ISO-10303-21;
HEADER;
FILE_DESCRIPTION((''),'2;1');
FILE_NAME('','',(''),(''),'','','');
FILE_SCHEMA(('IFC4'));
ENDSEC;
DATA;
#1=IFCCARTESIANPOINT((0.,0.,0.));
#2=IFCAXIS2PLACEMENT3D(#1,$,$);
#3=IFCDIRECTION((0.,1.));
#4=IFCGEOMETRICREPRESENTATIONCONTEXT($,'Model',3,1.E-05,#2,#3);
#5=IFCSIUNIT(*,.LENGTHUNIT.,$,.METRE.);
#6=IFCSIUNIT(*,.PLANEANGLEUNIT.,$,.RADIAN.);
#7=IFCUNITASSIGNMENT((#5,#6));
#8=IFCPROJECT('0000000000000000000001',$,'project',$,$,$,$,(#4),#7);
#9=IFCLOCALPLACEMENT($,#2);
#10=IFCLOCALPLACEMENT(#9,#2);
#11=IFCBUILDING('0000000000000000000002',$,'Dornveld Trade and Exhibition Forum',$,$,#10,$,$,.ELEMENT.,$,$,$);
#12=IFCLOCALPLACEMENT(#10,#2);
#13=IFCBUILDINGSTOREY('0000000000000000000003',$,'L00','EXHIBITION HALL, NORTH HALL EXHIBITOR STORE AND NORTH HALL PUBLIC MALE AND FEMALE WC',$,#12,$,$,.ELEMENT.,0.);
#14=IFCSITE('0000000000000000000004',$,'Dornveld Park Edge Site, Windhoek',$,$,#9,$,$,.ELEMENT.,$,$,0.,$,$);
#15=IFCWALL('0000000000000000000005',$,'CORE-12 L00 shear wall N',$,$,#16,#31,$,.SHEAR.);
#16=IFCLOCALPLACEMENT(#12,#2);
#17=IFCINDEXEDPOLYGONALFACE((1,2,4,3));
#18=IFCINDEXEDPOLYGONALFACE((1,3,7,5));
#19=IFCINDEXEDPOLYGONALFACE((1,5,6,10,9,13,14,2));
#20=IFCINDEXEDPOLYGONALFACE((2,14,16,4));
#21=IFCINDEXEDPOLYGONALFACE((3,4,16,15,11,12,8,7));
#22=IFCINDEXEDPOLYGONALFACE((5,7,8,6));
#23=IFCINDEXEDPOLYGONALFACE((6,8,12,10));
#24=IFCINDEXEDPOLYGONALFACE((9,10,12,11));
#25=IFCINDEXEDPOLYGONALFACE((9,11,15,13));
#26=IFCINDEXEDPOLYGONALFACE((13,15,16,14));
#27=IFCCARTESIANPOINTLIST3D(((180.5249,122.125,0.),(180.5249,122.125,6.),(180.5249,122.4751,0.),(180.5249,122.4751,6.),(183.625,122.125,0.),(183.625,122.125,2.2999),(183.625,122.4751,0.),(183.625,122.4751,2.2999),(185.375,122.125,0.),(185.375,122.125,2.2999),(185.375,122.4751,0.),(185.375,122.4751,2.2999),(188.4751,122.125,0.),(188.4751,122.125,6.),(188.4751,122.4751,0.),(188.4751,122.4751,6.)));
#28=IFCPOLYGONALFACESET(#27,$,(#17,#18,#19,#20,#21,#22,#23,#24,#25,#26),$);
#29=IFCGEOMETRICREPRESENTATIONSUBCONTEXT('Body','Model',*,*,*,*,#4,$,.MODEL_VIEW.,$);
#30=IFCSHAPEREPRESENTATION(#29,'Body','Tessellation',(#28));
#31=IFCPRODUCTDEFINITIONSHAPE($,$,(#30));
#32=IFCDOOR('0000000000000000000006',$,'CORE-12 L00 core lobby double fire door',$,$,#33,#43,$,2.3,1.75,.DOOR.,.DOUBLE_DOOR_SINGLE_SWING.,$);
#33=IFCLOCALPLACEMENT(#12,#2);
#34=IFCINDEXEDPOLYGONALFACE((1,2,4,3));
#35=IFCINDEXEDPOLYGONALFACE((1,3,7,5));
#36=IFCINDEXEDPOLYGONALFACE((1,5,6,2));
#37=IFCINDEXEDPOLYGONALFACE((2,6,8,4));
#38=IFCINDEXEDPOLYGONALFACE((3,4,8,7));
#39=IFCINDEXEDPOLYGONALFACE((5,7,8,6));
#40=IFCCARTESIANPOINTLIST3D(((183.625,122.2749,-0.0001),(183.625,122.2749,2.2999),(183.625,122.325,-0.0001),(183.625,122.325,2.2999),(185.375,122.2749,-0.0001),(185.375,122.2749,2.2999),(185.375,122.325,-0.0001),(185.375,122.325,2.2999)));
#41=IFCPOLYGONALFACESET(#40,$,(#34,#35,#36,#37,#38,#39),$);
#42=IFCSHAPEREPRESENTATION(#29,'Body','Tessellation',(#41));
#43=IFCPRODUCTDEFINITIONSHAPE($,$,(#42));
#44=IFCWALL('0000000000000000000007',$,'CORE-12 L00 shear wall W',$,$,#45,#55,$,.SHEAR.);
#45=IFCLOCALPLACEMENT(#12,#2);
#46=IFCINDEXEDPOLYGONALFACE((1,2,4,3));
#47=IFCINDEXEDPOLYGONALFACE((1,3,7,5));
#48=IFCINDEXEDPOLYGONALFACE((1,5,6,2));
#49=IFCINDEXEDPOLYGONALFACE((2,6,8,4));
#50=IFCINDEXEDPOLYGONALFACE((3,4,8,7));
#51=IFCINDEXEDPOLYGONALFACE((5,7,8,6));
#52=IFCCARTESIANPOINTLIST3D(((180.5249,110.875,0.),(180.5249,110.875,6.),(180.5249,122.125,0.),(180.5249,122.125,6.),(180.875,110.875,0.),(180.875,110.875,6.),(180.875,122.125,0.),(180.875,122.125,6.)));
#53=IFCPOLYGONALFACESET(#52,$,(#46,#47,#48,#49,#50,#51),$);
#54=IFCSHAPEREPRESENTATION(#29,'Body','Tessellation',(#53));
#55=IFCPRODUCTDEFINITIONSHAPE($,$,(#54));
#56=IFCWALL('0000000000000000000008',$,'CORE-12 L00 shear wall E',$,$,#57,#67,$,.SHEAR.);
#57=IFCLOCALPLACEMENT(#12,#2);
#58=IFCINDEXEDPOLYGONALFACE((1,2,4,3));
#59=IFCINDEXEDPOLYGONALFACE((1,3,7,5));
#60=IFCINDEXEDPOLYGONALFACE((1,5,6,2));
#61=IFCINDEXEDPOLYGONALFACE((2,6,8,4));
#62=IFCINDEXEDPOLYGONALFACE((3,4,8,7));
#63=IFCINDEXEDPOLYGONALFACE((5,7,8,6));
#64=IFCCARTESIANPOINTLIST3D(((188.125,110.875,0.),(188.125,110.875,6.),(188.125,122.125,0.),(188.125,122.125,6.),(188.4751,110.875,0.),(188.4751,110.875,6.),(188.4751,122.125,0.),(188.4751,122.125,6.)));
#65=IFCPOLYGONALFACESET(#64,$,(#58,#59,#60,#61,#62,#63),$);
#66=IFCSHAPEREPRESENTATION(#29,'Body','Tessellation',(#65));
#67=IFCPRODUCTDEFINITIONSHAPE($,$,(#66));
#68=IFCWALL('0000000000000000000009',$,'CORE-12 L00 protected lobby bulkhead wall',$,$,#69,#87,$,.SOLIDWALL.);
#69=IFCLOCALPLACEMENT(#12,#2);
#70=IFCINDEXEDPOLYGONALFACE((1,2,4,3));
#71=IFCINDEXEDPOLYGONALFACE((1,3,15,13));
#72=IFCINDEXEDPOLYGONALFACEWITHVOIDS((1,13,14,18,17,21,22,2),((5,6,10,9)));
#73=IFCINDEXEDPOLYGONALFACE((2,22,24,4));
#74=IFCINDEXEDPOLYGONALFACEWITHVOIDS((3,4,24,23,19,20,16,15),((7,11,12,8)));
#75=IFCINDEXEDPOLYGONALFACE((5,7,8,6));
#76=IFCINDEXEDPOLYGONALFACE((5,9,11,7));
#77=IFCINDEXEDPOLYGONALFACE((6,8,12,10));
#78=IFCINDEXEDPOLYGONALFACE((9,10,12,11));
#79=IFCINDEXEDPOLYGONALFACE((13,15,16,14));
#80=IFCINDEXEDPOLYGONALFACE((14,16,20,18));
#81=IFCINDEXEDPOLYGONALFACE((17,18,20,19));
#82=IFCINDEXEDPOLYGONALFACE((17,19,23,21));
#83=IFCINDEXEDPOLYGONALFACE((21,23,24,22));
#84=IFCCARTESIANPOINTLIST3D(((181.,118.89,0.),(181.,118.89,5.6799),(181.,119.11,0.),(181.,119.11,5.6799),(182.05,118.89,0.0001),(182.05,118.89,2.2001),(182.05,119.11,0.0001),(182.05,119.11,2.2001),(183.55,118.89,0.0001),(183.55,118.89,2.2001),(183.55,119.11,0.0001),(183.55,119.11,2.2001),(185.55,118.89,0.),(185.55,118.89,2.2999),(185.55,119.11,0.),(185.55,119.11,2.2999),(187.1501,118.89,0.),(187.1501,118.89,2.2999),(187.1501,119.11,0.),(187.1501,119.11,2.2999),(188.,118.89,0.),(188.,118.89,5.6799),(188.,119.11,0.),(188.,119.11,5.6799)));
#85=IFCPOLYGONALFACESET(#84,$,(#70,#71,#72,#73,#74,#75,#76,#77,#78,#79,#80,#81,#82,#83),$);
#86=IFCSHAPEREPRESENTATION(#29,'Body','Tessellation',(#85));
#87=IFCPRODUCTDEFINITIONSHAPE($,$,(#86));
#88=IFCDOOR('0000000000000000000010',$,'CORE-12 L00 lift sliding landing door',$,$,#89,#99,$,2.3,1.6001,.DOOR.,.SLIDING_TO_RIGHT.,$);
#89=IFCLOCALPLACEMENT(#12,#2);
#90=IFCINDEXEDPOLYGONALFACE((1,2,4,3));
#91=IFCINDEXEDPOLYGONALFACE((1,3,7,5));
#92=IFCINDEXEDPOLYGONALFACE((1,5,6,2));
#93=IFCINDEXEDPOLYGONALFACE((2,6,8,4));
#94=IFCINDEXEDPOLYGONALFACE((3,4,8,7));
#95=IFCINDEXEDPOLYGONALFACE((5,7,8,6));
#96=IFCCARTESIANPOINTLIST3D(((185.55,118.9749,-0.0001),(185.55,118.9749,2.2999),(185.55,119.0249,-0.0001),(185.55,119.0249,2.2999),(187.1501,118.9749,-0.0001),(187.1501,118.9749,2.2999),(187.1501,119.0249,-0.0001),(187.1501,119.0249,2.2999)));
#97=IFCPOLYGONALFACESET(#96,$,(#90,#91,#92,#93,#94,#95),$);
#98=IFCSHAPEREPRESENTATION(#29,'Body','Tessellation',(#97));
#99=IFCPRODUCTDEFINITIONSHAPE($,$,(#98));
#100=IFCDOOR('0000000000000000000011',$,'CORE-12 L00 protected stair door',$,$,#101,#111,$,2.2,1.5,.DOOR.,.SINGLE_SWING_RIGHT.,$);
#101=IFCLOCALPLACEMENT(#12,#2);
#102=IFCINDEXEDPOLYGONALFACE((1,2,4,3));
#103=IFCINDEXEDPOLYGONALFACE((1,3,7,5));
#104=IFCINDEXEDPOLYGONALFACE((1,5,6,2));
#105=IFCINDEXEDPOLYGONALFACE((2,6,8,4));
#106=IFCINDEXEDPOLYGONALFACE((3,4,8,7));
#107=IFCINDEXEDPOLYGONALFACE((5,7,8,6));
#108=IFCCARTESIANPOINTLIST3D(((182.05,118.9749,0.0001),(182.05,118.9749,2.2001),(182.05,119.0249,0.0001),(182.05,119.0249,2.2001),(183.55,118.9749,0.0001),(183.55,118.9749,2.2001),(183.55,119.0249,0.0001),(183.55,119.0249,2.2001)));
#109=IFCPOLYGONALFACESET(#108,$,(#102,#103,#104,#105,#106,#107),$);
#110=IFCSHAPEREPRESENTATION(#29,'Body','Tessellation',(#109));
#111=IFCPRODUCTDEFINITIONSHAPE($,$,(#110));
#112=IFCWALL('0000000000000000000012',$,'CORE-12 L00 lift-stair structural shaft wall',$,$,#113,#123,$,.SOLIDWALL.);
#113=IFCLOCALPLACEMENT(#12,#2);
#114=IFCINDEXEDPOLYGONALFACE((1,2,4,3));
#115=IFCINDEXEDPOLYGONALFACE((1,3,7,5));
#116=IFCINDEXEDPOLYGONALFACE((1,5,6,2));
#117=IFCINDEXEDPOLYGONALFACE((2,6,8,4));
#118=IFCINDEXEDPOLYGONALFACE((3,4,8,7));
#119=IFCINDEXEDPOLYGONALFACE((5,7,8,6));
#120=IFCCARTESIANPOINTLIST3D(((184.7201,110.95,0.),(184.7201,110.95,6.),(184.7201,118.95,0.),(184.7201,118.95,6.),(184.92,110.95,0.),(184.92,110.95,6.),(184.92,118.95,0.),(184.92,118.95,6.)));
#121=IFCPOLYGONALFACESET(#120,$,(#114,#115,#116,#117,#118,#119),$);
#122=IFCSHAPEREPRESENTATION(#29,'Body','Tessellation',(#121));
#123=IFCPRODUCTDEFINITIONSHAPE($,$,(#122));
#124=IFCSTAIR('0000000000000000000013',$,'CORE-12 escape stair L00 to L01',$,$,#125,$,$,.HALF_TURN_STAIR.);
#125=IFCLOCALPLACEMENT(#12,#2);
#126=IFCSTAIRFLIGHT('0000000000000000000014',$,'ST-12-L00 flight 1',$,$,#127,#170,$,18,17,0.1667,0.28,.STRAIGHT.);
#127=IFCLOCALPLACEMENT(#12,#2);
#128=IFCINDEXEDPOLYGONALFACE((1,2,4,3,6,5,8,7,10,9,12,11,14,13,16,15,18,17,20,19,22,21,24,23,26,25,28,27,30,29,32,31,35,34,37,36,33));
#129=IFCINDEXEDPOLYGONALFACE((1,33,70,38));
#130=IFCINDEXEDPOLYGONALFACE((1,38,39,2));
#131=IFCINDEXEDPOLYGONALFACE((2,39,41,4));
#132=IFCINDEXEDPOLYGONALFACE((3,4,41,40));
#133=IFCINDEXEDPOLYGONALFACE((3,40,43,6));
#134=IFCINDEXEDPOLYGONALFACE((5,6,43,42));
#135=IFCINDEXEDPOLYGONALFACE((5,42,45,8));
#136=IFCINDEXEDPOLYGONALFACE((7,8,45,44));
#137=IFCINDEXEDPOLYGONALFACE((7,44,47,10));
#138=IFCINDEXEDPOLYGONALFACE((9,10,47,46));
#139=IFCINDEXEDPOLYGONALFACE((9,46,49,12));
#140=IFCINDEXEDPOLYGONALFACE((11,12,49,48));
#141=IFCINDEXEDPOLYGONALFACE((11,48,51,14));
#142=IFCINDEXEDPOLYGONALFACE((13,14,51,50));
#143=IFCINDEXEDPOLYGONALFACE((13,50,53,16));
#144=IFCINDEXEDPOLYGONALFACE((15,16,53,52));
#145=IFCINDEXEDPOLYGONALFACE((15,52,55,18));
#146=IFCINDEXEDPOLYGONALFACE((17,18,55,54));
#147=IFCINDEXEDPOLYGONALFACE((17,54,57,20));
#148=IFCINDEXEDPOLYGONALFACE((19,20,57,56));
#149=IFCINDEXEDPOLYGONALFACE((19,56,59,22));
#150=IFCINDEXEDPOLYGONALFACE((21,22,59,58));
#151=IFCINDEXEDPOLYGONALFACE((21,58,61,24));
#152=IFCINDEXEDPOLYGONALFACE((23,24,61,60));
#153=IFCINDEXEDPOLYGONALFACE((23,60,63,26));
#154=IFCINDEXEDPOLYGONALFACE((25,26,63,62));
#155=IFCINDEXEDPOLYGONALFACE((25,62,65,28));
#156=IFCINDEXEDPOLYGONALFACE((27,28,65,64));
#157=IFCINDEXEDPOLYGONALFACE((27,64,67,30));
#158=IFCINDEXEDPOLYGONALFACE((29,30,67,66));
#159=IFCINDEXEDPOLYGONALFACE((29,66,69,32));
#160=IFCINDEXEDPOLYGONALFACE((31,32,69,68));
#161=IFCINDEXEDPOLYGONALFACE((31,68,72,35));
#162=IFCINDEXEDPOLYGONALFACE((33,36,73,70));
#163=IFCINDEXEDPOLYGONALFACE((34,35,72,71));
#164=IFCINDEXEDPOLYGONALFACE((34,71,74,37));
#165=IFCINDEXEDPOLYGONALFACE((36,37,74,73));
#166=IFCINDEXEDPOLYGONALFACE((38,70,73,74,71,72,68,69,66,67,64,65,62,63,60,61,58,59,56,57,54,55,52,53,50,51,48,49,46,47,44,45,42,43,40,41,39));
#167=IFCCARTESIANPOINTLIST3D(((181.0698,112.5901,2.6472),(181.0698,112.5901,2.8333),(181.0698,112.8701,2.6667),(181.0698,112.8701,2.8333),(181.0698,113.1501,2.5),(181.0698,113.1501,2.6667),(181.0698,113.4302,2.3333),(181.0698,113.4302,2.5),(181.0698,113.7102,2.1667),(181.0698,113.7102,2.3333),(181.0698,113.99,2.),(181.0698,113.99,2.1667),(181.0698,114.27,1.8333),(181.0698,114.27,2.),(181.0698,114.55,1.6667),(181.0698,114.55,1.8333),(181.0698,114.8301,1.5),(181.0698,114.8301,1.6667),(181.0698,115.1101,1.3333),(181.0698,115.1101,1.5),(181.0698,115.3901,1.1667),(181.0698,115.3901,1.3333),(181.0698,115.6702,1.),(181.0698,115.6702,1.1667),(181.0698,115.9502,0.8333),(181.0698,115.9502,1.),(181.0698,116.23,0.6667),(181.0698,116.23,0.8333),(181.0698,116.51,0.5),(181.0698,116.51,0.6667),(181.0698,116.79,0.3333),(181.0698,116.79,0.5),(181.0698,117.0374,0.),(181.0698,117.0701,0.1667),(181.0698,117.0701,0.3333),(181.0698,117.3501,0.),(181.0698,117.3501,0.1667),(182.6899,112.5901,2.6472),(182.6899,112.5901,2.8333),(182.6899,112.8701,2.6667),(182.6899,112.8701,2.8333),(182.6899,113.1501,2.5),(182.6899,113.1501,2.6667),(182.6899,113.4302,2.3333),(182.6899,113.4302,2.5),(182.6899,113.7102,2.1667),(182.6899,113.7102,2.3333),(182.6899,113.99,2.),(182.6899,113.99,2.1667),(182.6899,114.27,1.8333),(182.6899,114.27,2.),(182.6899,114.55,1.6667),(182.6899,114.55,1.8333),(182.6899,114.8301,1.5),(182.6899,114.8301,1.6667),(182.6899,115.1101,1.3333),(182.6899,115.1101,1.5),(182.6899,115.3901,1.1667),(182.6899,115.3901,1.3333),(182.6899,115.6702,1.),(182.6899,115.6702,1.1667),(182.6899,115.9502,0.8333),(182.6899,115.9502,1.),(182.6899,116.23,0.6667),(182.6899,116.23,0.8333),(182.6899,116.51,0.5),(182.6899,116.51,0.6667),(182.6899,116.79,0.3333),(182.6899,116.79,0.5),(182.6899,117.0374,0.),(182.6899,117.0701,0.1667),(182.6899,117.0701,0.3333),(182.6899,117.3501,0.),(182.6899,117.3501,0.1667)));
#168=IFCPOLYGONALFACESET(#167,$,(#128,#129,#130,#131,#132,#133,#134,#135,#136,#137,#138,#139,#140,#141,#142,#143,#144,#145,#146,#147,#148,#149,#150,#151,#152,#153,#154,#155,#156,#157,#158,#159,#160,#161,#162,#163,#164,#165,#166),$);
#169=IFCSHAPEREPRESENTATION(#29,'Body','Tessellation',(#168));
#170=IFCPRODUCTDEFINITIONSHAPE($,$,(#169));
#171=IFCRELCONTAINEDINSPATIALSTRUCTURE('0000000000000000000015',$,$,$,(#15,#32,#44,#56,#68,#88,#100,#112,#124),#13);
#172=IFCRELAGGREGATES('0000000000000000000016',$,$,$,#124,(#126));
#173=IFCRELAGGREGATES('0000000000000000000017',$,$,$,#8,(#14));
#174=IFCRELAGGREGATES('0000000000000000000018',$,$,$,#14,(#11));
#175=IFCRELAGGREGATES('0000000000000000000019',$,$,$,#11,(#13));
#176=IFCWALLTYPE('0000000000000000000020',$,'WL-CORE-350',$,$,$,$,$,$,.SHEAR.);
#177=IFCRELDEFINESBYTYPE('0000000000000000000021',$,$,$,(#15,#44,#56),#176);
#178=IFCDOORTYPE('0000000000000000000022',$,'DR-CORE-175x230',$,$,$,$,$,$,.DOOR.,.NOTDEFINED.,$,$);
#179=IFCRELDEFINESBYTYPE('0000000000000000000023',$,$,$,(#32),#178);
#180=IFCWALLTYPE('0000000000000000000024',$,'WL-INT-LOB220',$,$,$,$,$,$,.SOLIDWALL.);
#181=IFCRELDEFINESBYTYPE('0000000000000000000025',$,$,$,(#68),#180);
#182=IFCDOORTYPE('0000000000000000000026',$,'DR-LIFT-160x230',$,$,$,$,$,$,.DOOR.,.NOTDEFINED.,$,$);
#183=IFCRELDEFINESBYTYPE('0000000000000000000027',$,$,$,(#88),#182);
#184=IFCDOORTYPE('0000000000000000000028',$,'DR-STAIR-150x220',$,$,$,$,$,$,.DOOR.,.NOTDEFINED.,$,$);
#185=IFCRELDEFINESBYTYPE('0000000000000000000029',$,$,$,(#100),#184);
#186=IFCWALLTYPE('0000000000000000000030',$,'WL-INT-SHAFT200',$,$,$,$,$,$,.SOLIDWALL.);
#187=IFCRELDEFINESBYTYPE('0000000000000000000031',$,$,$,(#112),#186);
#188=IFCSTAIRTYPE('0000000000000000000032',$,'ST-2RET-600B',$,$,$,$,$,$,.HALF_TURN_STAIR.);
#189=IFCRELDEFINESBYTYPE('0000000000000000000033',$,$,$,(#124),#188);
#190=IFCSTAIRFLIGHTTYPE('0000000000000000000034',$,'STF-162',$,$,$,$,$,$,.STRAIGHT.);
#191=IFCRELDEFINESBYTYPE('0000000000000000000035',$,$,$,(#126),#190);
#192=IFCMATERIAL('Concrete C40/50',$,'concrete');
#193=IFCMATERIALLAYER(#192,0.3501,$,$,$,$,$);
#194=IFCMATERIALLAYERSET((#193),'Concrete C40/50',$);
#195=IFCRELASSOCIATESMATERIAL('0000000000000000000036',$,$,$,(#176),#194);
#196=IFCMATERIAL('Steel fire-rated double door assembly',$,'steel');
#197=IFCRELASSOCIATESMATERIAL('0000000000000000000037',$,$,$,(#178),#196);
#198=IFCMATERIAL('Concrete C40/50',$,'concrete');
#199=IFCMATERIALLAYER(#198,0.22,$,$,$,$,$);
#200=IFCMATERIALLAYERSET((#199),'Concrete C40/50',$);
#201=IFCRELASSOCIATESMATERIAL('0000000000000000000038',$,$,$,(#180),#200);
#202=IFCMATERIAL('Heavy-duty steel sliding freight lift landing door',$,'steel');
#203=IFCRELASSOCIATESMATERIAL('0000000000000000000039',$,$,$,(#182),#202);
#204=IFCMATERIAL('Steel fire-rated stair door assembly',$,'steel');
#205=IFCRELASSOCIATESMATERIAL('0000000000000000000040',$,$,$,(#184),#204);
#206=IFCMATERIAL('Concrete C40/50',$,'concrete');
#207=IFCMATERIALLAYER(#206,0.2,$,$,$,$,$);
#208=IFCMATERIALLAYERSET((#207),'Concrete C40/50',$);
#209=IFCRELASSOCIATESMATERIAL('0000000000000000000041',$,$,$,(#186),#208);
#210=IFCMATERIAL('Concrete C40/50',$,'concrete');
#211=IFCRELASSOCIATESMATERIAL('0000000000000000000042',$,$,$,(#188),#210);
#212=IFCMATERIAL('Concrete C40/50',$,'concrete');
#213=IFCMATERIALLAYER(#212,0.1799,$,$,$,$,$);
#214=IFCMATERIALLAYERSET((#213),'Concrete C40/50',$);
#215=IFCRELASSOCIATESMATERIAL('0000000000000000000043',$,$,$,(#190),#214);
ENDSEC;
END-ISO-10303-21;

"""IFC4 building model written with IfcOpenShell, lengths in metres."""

from ifc_helpers import new_model, si_unit, direction, frame, frame_2d, origin, place, context, subcontext, project, spatial, polyline, rectangle, outline, extrude, material, layer, layer_set, type_object, element, fill, aggregate, save


model = new_model("IFC4")

# Units and contexts
model_context = context("Model", 3, precision=1e-05, world=origin(), true_north=direction((0.0, 1.0)))
body_context = subcontext(model_context, "Body", "Model", "MODEL_VIEW")
ifc_project = project(units=[si_unit("LENGTHUNIT", "METRE"), si_unit("PLANEANGLEUNIT", "RADIAN")], contexts=[model_context])

# Site, building, storey
site_placement = place(None, origin())
site = spatial("IfcSite", under=ifc_project, at=site_placement, Name="Dornveld Park Edge Site, Windhoek", CompositionType="ELEMENT", RefElevation=0.0)
building_placement = place(site_placement, origin())
building = spatial("IfcBuilding", under=site, at=building_placement, Name="Dornveld Trade and Exhibition Forum", CompositionType="ELEMENT")
storey_placement = place(building_placement, origin())
storey = spatial("IfcBuildingStorey", under=building, at=storey_placement, Name="L00", Description="EXHIBITION HALL, NORTH HALL EXHIBITOR STORE AND NORTH HALL PUBLIC MALE AND FEMALE WC", CompositionType="ELEMENT", Elevation=0.0)

# Shared definitions
ifc_material_1 = material(Name="Concrete C40/50", Category="concrete")
ifc_layer_1 = layer(ifc_material_1, 0.3501)
ifc_layer_set_1 = layer_set([ifc_layer_1], Name="Concrete C40/50")
wall_type_1 = type_object("IfcWallType", Name="WL-CORE-350", PredefinedType="SHEAR", material=ifc_layer_set_1)

# Wall, opening, door
wall_1_placement = place(storey_placement, frame((180.5249, 122.3, 0.0), z_axis=(0.0, 0.0, 1.0), x_axis=(1.0, 0.0, 0.0)))
wall_1 = element("IfcWall", 1, at=wall_1_placement, inside=storey, type_object=wall_type_1, Name="CORE-12 L00 shear wall N", PredefinedType="SHEAR", context=body_context, shape_type="SweptSolid", body=[
    extrude(rectangle(XDim=7.9502, YDim=0.3501, at=frame_2d((3.9751, 0.0))), origin(), (0.0, 0.0, 1.0), 6.0),
])
opening_1_placement = place(wall_1_placement, frame((3.1001, 0.0, 0.0)))
opening_1 = element("IfcOpeningElement", 2, at=opening_1_placement, cuts=wall_1, PredefinedType="OPENING", context=body_context, shape_type="SweptSolid", body=[
    extrude(rectangle(XDim=1.75, YDim=2.3, at=frame_2d((0.875, 1.1499))), frame((0.0, 0.1851, 0.0), z_axis=(0.0, -1.0, 0.0), x_axis=(1.0, 0.0, 0.0)), (0.0, 0.0, 1.0), 0.3701),
])
ifc_material_2 = material(Name="Steel fire-rated double door assembly", Category="steel")
door_type_1 = type_object("IfcDoorType", Name="DR-CORE-175x230", OperationType="NOTDEFINED", PredefinedType="DOOR", material=ifc_material_2)
door_1_placement = place(opening_1_placement, origin())
door_1 = element("IfcDoor", 3, at=door_1_placement, inside=storey, type_object=door_type_1, Name="CORE-12 L00 core lobby double fire door", OperationType="DOUBLE_DOOR_SINGLE_SWING", OverallHeight=2.3, OverallWidth=1.75, PredefinedType="DOOR", context=body_context, shape_type="SweptSolid", body=[
    extrude(rectangle(XDim=1.75, YDim=2.3, at=frame_2d((0.875, 1.1499))), frame((0.0, 0.0249, 0.0), z_axis=(0.0, -1.0, 0.0), x_axis=(1.0, 0.0, 0.0)), (0.0, 0.0, 1.0), 0.05),
])
fill(opening_1, door_1)

# Walls
for number, where, z_axis, x_axis, name in (
    (4, (180.7, 110.875, 0.0), (0.0, 0.0, 1.0), (0.0, 1.0, 0.0), "CORE-12 L00 shear wall W"),
    (5, (188.3, 110.875, 0.0), (0.0, 0.0, 1.0), (0.0, 1.0, 0.0), "CORE-12 L00 shear wall E"),
):
    element("IfcWall", number, at=place(storey_placement, frame(where, z_axis=z_axis, x_axis=x_axis)), inside=storey, type_object=wall_type_1, Name=name, PredefinedType="SHEAR", context=body_context, shape_type="SweptSolid", body=[
        extrude(rectangle(XDim=11.25, YDim=0.3501, at=frame_2d((5.625, 0.0))), origin(), (0.0, 0.0, 1.0), 6.0),
    ])

# Wall, openings, doors
ifc_material_3 = material(Name="Concrete C40/50", Category="concrete")
ifc_layer_2 = layer(ifc_material_3, 0.22)
ifc_layer_set_2 = layer_set([ifc_layer_2], Name="Concrete C40/50")
wall_type_2 = type_object("IfcWallType", Name="WL-INT-LOB220", PredefinedType="SOLIDWALL", material=ifc_layer_set_2)
wall_2_placement = place(storey_placement, frame((181.0, 119.0, 0.0), z_axis=(0.0, 0.0, 1.0), x_axis=(1.0, 0.0, 0.0)))
wall_2 = element("IfcWall", 6, at=wall_2_placement, inside=storey, type_object=wall_type_2, Name="CORE-12 L00 protected lobby bulkhead wall", PredefinedType="SOLIDWALL", context=body_context, shape_type="SweptSolid", body=[
    extrude(rectangle(XDim=7.0, YDim=0.22, at=frame_2d((3.5, 0.0))), origin(), (0.0, 0.0, 1.0), 5.6799),
])
opening_2_placement = place(wall_2_placement, frame((1.05, 0.0, 0.0)))
opening_2 = element("IfcOpeningElement", 7, at=opening_2_placement, cuts=wall_2, PredefinedType="OPENING", context=body_context, shape_type="SweptSolid", body=[
    extrude(rectangle(XDim=1.5, YDim=2.2, at=frame_2d((0.75, 1.1001))), frame((0.0, 0.1199, 0.0), z_axis=(0.0, -1.0, 0.0), x_axis=(1.0, 0.0, 0.0)), (0.0, 0.0, 1.0), 0.24),
])
opening_3_placement = place(wall_2_placement, frame((4.55, 0.0, 0.0)))
opening_3 = element("IfcOpeningElement", 8, at=opening_3_placement, cuts=wall_2, PredefinedType="OPENING", context=body_context, shape_type="SweptSolid", body=[
    extrude(rectangle(XDim=1.6001, YDim=2.3, at=frame_2d((0.8, 1.1499))), frame((0.0, 0.1199, 0.0), z_axis=(0.0, -1.0, 0.0), x_axis=(1.0, 0.0, 0.0)), (0.0, 0.0, 1.0), 0.24),
])
ifc_material_4 = material(Name="Heavy-duty steel sliding freight lift landing door", Category="steel")
door_type_2 = type_object("IfcDoorType", Name="DR-LIFT-160x230", OperationType="NOTDEFINED", PredefinedType="DOOR", material=ifc_material_4)
door_2_placement = place(opening_3_placement, origin())
door_2 = element("IfcDoor", 9, at=door_2_placement, inside=storey, type_object=door_type_2, Name="CORE-12 L00 lift sliding landing door", OperationType="SLIDING_TO_RIGHT", OverallHeight=2.3, OverallWidth=1.6001, PredefinedType="DOOR", context=body_context, shape_type="SweptSolid", body=[
    extrude(rectangle(XDim=1.6001, YDim=2.3, at=frame_2d((0.8, 1.1499))), frame((0.0, 0.0249, 0.0), z_axis=(0.0, -1.0, 0.0), x_axis=(1.0, 0.0, 0.0)), (0.0, 0.0, 1.0), 0.05),
])
fill(opening_3, door_2)
ifc_material_5 = material(Name="Steel fire-rated stair door assembly", Category="steel")
door_type_3 = type_object("IfcDoorType", Name="DR-STAIR-150x220", OperationType="NOTDEFINED", PredefinedType="DOOR", material=ifc_material_5)
door_3_placement = place(opening_2_placement, origin())
door_3 = element("IfcDoor", 10, at=door_3_placement, inside=storey, type_object=door_type_3, Name="CORE-12 L00 protected stair door", OperationType="SINGLE_SWING_RIGHT", OverallHeight=2.2, OverallWidth=1.5, PredefinedType="DOOR", context=body_context, shape_type="SweptSolid", body=[
    extrude(rectangle(XDim=1.5, YDim=2.2, at=frame_2d((0.75, 1.1001))), frame((0.0, 0.0249, 0.0), z_axis=(0.0, -1.0, 0.0), x_axis=(1.0, 0.0, 0.0)), (0.0, 0.0, 1.0), 0.05),
])
fill(opening_2, door_3)

# Wall
ifc_material_6 = material(Name="Concrete C40/50", Category="concrete")
ifc_layer_3 = layer(ifc_material_6, 0.2)
ifc_layer_set_3 = layer_set([ifc_layer_3], Name="Concrete C40/50")
wall_type_3 = type_object("IfcWallType", Name="WL-INT-SHAFT200", PredefinedType="SOLIDWALL", material=ifc_layer_set_3)
wall_3_placement = place(storey_placement, frame((184.8201, 110.95, 0.0), z_axis=(0.0, 0.0, 1.0), x_axis=(0.0, 1.0, 0.0)))
element("IfcWall", 11, at=wall_3_placement, inside=storey, type_object=wall_type_3, Name="CORE-12 L00 lift-stair structural shaft wall", PredefinedType="SOLIDWALL", context=body_context, shape_type="SweptSolid", body=[
    extrude(rectangle(XDim=8.0, YDim=0.2, at=frame_2d((4.0, 0.0))), origin(), (0.0, 0.0, 1.0), 6.0),
])

# Stair, stair flight
ifc_material_7 = material(Name="Concrete C40/50", Category="concrete")
stair_type = type_object("IfcStairType", Name="ST-2RET-600B", PredefinedType="HALF_TURN_STAIR", material=ifc_material_7)
stair_placement = place(storey_placement, origin())
stair = element("IfcStair", 12, at=stair_placement, inside=storey, type_object=stair_type, Name="CORE-12 escape stair L00 to L01", PredefinedType="HALF_TURN_STAIR")
ifc_material_8 = material(Name="Concrete C40/50", Category="concrete")
ifc_layer_4 = layer(ifc_material_8, 0.1799)
ifc_layer_set_4 = layer_set([ifc_layer_4], Name="Concrete C40/50")
stair_flight_type = type_object("IfcStairFlightType", Name="STF-162", PredefinedType="STRAIGHT", material=ifc_layer_set_4)
stair_flight_1_placement = place(storey_placement, frame((181.8799, 117.3501, 0.0), z_axis=(0.0, 0.0, 1.0), x_axis=(0.0, -1.0, 0.0)))
stair_flight_1 = element("IfcStairFlight", 13, at=stair_flight_1_placement, type_object=stair_flight_type, Name="ST-12-L00 flight 1", NumberOfRisers=18, NumberOfTreads=17, PredefinedType="STRAIGHT", RiserHeight=0.1667, TreadLength=0.28, context=body_context, shape_type="SweptSolid", body=[
    extrude(outline(polyline([(0.0, 0.0), (0.0, 0.1667), (0.28, 0.1667), (0.28, 0.3333), (0.5601, 0.3333), (0.5601, 0.5), (0.8401, 0.5), (0.8401, 0.6667), (1.1201, 0.6667), (1.1201, 0.8333), (1.3999, 0.8333), (1.3999, 1.0), (1.6799, 1.0), (1.6799, 1.1667), (1.96, 1.1667), (1.96, 1.3333), (2.24, 1.3333), (2.24, 1.5), (2.52, 1.5), (2.52, 1.6667), (2.8, 1.6667), (2.8, 1.8333), (3.0801, 1.8333), (3.0801, 2.0), (3.3601, 2.0), (3.3601, 2.1667), (3.6399, 2.1667), (3.6399, 2.3333), (3.9199, 2.3333), (3.9199, 2.5), (4.2, 2.5), (4.2, 2.6667), (4.48, 2.6667), (4.48, 2.8333), (4.76, 2.8333), (4.76, 3.0), (4.76, 2.6472), (0.3127, 0.0), (0.0, 0.0)])), frame((0.0, 0.8101, 0.0), z_axis=(0.0, -1.0, 0.0), x_axis=(1.0, 0.0, 0.0)), (0.0, 0.0, 1.0), 1.6201),
])
aggregate(stair, [stair_flight_1])

save(model, "model.ifc")
